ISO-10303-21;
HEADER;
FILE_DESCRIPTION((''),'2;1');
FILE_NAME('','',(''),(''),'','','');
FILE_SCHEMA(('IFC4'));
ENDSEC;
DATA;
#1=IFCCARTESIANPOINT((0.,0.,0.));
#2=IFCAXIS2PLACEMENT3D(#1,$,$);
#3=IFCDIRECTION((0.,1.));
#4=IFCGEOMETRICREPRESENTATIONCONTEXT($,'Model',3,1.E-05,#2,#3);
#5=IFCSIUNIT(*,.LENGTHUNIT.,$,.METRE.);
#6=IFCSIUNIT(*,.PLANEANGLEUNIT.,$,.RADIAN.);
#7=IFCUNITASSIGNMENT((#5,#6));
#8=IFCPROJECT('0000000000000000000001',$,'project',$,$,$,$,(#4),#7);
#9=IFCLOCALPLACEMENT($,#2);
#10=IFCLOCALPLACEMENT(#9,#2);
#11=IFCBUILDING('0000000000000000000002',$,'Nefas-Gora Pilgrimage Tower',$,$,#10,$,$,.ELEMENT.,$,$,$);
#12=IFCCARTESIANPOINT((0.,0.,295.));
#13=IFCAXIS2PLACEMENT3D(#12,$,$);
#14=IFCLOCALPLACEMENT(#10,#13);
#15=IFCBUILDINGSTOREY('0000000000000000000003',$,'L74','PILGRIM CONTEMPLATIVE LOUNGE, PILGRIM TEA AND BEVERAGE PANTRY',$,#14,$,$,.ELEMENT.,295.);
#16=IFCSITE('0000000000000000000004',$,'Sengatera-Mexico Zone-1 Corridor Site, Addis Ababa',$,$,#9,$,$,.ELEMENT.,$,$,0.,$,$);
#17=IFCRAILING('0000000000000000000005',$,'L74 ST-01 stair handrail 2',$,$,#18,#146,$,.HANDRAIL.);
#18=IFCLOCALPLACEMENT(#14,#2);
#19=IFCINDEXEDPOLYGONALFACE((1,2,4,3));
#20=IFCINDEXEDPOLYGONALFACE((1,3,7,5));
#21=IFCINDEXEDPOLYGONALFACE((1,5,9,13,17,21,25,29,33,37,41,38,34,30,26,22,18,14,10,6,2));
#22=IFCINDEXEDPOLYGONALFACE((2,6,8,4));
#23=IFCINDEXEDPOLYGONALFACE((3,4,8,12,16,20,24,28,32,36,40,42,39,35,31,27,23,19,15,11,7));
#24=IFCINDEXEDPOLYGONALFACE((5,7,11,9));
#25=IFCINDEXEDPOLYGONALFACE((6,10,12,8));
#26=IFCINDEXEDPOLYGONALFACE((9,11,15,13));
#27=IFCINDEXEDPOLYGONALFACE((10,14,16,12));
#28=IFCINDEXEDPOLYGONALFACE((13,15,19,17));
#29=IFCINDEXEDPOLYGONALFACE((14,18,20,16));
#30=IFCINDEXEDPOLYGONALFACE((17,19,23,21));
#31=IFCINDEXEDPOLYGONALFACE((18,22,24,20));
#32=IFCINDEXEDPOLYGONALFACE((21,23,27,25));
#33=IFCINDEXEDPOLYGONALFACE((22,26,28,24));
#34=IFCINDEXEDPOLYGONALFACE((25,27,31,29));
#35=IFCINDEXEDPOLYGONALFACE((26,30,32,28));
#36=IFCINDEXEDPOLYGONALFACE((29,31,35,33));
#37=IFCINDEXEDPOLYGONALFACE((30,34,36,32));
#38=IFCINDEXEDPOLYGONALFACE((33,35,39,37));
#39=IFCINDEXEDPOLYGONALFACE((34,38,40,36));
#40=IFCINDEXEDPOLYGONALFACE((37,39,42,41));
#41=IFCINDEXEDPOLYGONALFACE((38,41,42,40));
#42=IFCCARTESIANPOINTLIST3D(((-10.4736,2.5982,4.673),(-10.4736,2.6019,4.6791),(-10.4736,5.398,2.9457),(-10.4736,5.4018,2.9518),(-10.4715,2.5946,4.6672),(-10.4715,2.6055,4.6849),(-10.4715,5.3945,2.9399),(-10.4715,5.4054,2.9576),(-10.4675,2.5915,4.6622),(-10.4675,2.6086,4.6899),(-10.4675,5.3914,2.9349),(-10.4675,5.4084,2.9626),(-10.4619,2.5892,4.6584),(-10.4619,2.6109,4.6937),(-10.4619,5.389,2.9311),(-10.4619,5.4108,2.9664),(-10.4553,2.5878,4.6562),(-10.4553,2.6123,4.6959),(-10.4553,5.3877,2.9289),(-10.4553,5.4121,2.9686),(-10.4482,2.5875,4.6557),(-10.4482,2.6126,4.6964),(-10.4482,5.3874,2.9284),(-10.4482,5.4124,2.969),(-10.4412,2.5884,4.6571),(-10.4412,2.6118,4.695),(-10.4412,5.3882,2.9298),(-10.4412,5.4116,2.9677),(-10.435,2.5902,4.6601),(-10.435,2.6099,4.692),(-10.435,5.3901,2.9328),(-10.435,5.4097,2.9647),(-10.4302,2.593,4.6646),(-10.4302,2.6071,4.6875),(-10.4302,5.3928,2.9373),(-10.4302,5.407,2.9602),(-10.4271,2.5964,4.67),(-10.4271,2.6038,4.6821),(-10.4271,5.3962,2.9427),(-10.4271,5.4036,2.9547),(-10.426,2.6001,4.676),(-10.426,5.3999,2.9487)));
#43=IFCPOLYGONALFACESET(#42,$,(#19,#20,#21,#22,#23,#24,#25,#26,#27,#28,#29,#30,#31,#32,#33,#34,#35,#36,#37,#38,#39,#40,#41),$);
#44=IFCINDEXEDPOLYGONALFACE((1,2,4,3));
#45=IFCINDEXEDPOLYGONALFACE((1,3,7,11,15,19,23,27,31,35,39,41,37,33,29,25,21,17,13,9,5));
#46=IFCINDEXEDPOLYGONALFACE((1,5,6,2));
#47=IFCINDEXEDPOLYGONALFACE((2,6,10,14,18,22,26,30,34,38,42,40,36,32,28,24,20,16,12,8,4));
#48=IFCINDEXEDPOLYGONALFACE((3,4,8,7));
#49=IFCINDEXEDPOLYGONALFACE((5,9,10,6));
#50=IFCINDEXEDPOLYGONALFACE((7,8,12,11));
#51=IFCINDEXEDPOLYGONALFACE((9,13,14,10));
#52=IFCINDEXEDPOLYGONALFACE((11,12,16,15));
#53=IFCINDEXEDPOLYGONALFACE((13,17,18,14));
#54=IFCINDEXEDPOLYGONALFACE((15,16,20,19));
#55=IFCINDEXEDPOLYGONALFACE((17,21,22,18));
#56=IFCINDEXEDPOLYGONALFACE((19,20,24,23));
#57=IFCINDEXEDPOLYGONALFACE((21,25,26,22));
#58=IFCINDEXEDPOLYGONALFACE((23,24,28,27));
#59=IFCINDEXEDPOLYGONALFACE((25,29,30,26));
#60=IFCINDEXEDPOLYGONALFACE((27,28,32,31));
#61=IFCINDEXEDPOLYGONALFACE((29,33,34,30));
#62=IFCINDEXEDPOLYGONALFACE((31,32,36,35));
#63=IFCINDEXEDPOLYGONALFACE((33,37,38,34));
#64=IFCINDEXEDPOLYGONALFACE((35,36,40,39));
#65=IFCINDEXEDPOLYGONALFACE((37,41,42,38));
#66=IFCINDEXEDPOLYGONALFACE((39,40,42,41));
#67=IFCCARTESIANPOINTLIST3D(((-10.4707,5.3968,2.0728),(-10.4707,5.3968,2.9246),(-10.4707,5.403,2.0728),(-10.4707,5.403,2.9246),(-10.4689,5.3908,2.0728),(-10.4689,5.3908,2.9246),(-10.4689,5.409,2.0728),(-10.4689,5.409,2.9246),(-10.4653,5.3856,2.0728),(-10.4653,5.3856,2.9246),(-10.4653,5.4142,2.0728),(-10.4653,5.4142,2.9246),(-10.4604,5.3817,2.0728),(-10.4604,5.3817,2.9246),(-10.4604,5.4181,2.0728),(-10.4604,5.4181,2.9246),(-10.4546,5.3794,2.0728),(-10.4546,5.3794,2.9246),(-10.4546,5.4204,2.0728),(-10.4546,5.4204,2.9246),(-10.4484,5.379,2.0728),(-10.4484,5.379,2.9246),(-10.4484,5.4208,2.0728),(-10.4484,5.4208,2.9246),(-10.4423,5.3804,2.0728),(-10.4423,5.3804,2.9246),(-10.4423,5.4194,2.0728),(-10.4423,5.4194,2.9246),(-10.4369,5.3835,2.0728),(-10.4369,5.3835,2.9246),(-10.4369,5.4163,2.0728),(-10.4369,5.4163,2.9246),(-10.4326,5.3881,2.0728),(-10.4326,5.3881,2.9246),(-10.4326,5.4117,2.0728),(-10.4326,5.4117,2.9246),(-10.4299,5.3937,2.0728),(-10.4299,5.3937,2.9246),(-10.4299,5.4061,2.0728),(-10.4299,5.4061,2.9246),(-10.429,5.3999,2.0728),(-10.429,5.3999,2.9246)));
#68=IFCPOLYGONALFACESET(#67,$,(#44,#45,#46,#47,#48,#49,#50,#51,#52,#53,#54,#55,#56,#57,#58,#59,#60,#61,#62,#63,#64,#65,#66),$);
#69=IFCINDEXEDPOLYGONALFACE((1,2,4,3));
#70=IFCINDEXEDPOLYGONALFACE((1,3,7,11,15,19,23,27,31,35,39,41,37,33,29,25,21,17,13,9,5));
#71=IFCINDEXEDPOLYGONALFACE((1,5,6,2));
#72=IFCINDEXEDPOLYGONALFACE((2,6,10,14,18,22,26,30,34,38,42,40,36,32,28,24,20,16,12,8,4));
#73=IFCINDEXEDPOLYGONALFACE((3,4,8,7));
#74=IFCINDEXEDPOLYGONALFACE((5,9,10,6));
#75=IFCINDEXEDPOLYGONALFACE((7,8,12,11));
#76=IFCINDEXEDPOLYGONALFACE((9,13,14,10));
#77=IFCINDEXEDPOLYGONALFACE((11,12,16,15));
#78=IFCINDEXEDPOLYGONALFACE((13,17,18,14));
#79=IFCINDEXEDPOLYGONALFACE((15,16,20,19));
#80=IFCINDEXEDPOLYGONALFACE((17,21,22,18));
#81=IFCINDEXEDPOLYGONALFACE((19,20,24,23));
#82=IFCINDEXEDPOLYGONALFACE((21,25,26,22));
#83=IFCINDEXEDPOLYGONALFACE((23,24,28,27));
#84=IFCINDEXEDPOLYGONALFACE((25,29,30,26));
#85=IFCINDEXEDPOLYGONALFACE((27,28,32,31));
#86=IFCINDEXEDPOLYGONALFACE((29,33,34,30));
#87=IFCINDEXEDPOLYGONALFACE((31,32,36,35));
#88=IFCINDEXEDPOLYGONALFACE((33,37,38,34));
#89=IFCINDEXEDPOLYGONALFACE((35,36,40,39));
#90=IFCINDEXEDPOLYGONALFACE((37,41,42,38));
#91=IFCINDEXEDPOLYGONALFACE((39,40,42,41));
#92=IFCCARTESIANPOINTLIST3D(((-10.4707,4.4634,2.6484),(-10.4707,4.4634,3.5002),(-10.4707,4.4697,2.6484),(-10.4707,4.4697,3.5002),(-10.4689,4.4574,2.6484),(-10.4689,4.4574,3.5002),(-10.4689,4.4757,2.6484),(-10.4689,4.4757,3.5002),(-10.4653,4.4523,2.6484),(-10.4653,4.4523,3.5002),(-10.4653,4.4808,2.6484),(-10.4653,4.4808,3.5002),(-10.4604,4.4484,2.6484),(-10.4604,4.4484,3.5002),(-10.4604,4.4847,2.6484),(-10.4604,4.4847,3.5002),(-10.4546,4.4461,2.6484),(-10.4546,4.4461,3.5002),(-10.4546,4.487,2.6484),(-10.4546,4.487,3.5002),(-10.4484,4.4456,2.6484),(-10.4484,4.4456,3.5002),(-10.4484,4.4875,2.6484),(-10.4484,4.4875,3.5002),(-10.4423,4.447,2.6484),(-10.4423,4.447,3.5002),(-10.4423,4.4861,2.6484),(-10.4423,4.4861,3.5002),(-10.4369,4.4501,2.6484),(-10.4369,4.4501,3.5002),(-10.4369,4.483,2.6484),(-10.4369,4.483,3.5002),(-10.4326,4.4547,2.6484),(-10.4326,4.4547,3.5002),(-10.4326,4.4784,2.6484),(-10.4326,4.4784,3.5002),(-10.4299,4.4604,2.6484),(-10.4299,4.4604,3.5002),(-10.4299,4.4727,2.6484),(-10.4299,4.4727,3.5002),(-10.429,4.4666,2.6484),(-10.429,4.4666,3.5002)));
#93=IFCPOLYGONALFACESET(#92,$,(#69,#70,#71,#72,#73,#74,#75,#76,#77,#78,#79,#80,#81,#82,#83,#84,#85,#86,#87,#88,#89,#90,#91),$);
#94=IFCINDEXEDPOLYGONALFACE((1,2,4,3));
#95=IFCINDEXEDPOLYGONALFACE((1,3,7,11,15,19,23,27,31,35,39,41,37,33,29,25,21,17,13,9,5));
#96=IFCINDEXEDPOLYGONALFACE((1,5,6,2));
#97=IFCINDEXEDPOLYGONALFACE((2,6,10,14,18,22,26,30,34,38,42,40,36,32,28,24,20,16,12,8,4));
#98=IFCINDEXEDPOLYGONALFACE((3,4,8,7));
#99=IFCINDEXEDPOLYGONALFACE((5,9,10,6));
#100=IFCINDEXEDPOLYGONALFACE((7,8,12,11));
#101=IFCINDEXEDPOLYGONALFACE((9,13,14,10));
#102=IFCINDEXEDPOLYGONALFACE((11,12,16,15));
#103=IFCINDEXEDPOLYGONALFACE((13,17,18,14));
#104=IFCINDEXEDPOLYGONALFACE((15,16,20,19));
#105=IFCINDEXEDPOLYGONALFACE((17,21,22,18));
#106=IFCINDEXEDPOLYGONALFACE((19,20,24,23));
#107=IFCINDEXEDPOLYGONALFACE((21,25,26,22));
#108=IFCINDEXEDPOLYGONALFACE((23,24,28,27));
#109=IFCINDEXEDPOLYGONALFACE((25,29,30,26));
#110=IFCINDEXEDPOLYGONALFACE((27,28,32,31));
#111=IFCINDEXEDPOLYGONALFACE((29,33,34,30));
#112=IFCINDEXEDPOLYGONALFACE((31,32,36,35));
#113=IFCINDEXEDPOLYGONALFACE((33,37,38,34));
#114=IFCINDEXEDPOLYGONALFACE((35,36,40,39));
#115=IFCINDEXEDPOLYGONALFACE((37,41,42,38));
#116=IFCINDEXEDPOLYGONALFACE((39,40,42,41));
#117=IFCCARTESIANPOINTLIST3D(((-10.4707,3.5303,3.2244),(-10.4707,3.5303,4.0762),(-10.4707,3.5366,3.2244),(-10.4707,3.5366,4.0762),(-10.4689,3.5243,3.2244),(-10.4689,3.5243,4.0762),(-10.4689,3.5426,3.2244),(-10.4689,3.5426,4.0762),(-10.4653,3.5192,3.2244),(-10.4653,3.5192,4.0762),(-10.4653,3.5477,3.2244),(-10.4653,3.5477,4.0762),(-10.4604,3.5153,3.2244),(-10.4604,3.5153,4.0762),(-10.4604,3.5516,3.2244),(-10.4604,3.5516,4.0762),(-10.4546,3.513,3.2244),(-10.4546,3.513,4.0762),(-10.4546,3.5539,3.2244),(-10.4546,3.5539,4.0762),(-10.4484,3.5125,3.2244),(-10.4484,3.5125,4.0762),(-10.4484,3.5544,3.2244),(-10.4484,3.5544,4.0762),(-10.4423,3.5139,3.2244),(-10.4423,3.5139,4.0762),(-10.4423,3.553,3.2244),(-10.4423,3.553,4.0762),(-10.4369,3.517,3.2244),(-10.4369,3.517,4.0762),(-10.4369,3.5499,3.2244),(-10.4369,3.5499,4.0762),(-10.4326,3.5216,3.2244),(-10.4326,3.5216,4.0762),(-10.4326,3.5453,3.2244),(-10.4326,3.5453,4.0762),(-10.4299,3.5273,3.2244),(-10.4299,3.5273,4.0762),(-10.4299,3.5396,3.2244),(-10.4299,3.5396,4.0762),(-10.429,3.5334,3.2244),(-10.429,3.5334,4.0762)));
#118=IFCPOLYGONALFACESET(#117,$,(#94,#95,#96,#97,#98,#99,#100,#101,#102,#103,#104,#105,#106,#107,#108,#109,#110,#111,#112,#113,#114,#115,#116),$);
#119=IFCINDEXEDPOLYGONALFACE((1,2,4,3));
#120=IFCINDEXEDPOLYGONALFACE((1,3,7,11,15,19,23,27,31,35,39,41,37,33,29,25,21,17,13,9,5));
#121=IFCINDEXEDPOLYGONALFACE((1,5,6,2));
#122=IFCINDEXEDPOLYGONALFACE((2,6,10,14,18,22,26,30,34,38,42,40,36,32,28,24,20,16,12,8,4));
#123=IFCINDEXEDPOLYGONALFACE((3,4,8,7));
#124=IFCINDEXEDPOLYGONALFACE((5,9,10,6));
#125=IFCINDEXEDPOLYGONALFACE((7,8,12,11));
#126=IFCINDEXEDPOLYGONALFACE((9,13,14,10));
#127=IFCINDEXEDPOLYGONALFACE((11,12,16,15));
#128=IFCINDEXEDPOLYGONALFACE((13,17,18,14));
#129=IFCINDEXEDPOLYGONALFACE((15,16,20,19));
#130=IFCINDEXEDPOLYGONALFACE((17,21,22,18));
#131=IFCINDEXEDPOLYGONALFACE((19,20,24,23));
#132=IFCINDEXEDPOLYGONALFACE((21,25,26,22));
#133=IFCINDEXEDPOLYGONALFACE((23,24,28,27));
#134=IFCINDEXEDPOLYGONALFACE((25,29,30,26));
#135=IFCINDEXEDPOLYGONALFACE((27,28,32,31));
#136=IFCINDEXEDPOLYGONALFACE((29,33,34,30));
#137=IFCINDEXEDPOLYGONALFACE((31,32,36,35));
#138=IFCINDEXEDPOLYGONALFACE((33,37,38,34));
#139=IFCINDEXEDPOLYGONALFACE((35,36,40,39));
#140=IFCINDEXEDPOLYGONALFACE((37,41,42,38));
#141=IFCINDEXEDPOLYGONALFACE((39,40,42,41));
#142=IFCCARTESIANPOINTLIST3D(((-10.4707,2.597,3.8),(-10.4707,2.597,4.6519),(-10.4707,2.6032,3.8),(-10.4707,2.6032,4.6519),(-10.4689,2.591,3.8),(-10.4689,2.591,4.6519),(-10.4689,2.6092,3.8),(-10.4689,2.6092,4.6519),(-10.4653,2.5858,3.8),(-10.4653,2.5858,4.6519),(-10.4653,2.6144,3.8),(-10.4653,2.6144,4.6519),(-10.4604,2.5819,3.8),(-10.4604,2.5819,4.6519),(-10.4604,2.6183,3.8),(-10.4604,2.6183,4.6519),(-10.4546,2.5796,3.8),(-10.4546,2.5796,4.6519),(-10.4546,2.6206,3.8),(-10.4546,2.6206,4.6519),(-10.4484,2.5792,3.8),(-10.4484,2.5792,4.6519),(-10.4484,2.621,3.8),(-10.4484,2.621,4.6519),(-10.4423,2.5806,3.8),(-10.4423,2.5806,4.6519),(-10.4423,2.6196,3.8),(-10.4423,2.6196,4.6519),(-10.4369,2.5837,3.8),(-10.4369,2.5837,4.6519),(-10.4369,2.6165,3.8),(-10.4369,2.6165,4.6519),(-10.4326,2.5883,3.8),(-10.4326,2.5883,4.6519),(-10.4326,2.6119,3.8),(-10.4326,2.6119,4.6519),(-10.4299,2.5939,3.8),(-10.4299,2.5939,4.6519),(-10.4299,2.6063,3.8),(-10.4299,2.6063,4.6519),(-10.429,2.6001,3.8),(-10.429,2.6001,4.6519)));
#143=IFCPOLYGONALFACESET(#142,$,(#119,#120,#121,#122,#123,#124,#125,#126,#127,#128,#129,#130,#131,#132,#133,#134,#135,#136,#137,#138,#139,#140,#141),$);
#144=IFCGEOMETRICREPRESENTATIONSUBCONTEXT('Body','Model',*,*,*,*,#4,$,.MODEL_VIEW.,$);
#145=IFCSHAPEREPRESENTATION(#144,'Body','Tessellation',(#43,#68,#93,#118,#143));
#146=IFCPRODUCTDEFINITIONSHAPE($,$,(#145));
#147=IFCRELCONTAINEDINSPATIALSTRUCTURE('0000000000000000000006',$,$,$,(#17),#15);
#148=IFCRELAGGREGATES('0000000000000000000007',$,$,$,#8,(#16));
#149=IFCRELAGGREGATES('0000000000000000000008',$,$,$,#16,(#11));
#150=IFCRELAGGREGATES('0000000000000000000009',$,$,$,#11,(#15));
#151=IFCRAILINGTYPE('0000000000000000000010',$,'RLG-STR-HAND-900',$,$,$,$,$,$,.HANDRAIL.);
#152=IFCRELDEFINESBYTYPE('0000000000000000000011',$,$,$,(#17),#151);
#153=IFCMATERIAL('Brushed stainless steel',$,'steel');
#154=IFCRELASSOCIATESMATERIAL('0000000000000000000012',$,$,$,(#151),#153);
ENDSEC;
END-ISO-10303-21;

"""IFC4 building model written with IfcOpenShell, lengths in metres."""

from ifc_helpers import new_model, si_unit, direction, frame, origin, origin_2d, place, context, subcontext, project, spatial, circle, extrude, material, type_object, element, save


model = new_model("IFC4")

# Units and contexts
model_context = context("Model", 3, precision=1e-05, world=origin(), true_north=direction((0.0, 1.0)))
body_context = subcontext(model_context, "Body", "Model", "MODEL_VIEW")
ifc_project = project(units=[si_unit("LENGTHUNIT", "METRE"), si_unit("PLANEANGLEUNIT", "RADIAN")], contexts=[model_context])

# Site, building, storey
site_placement = place(None, origin())
site = spatial("IfcSite", under=ifc_project, at=site_placement, Name="Sengatera-Mexico Zone-1 Corridor Site, Addis Ababa", CompositionType="ELEMENT", RefElevation=0.0)
building_placement = place(site_placement, origin())
building = spatial("IfcBuilding", under=site, at=building_placement, Name="Nefas-Gora Pilgrimage Tower", CompositionType="ELEMENT")
storey_placement = place(building_placement, frame((0.0, 0.0, 295.0)))
storey = spatial("IfcBuildingStorey", under=building, at=storey_placement, Name="L74", Description="PILGRIM CONTEMPLATIVE LOUNGE, PILGRIM TEA AND BEVERAGE PANTRY", CompositionType="ELEMENT", Elevation=295.0)

# Railing
ifc_material_1 = material(Name="Brushed stainless steel", Category="steel")
railing_type_1 = type_object("IfcRailingType", Name="RLG-STR-HAND-900", PredefinedType="HANDRAIL", material=ifc_material_1)
railing_1_placement = place(storey_placement, frame((-10.45, 5.3999, 2.0728)))
element("IfcRailing", 1, at=railing_1_placement, inside=storey, type_object=railing_type_1, Name="L74 ST-01 stair handrail 2", PredefinedType="HANDRAIL", context=body_context, shape_type="SweptSolid", body=[
    extrude(circle(Radius=0.0239, at=origin_2d()), frame((0.0, 0.0, 0.876), z_axis=(0.0, -0.851069, 0.525054), x_axis=(1.0, 0.0, 0.0)), (0.0, 0.0, 1.0), 3.2898),
    extrude(circle(Radius=0.021, at=origin_2d()), origin(), (0.0, 0.0, 1.0), 0.8518),
    extrude(circle(Radius=0.021, at=origin_2d()), frame((0.0, -0.9333, 0.5757)), (0.0, 0.0, 1.0), 0.8518),
    extrude(circle(Radius=0.021, at=origin_2d()), frame((0.0, -1.8665, 1.1516)), (0.0, 0.0, 1.0), 0.8518),
    extrude(circle(Radius=0.021, at=origin_2d()), frame((0.0, -2.7998, 1.7273)), (0.0, 0.0, 1.0), 0.8518),
])

save(model, "model.ifc")
